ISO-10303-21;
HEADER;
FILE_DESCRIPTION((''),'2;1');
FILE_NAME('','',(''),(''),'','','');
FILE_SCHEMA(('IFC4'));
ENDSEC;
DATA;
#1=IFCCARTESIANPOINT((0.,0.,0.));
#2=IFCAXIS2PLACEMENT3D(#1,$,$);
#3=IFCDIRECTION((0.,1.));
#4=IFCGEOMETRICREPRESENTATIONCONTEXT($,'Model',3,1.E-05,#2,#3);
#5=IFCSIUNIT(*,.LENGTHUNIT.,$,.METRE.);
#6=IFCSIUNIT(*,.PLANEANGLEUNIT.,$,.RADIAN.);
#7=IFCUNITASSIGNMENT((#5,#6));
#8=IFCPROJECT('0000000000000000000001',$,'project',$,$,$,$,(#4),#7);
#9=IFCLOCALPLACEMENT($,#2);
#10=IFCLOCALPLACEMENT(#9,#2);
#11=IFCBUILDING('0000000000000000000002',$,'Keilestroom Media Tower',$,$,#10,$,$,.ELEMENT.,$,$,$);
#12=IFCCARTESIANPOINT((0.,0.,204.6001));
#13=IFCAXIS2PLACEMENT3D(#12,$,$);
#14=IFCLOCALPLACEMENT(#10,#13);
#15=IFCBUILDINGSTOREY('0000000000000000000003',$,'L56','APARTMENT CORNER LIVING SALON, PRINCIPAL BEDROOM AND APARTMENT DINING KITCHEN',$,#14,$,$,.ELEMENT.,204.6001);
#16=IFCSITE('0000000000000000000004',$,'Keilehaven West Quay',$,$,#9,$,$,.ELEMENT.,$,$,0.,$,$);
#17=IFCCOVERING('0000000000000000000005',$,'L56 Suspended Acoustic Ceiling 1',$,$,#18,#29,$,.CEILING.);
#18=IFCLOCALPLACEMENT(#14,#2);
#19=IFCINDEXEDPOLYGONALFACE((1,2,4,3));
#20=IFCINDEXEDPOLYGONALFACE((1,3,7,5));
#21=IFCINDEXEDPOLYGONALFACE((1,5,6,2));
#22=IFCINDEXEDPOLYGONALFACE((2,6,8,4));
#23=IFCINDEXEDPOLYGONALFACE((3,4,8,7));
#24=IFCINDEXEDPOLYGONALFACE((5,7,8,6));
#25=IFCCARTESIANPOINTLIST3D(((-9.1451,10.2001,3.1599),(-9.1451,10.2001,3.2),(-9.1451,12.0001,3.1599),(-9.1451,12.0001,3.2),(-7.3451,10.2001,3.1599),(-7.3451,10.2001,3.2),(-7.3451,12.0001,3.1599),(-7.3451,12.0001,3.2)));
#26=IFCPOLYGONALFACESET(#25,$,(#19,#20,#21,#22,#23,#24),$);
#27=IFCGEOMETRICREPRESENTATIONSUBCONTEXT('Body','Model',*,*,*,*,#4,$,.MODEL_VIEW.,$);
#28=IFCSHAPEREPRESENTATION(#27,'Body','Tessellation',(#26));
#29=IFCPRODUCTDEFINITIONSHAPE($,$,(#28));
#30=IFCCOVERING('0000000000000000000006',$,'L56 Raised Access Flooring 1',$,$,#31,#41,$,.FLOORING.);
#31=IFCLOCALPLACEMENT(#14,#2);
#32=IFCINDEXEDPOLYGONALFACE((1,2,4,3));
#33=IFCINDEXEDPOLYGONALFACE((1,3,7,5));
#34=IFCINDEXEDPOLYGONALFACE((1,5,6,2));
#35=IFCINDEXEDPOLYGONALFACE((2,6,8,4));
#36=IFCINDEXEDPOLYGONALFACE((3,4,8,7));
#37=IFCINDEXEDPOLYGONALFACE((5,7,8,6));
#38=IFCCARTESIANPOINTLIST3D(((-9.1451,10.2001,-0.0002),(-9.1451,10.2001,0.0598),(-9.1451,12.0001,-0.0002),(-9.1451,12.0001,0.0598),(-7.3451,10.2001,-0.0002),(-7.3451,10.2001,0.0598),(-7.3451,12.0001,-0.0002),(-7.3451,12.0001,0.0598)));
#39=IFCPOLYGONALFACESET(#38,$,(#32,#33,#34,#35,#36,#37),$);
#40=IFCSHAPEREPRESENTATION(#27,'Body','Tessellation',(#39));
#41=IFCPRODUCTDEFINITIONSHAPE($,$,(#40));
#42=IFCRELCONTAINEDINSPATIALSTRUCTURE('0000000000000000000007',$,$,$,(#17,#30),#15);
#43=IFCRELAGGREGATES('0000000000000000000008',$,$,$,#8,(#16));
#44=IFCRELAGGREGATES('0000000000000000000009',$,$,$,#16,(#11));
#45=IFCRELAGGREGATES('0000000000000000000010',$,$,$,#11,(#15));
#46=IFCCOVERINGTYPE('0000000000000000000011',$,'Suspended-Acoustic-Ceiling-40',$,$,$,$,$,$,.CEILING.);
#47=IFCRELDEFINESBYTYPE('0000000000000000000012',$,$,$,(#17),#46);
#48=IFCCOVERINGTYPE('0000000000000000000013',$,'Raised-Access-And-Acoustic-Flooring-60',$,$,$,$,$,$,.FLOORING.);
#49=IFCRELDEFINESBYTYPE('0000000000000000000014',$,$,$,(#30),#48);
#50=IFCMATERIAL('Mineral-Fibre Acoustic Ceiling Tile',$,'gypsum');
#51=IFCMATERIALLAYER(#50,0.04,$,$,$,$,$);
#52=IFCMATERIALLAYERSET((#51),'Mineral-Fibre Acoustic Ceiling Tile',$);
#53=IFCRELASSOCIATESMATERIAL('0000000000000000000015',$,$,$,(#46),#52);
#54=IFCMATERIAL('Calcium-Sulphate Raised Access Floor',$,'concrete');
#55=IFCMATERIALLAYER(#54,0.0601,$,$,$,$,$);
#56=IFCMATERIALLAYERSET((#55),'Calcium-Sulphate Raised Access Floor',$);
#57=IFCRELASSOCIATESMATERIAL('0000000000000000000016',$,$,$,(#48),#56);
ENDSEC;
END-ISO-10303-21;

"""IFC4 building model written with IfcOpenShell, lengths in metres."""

from ifc_helpers import new_model, si_unit, direction, frame, origin, origin_2d, place, context, subcontext, project, spatial, rectangle, extrude, source, transform, mapped, material, layer, layer_set, type_object, element, save


model = new_model("IFC4")

# Units and contexts
model_context = context("Model", 3, precision=1e-05, world=origin(), true_north=direction((0.0, 1.0)))
body_context = subcontext(model_context, "Body", "Model", "MODEL_VIEW")
ifc_project = project(units=[si_unit("LENGTHUNIT", "METRE"), si_unit("PLANEANGLEUNIT", "RADIAN")], contexts=[model_context])

# Site, building, storey
site_placement = place(None, origin())
site = spatial("IfcSite", under=ifc_project, at=site_placement, Name="Keilehaven West Quay", CompositionType="ELEMENT", RefElevation=0.0)
building_placement = place(site_placement, origin())
building = spatial("IfcBuilding", under=site, at=building_placement, Name="Keilestroom Media Tower", CompositionType="ELEMENT")
storey_placement = place(building_placement, frame((0.0, 0.0, 204.6001)))
storey = spatial("IfcBuildingStorey", under=building, at=storey_placement, Name="L56", Description="APARTMENT CORNER LIVING SALON, PRINCIPAL BEDROOM AND APARTMENT DINING KITCHEN", CompositionType="ELEMENT", Elevation=204.6001)

# Coverings
ifc_material_1 = material(Name="Mineral-Fibre Acoustic Ceiling Tile", Category="gypsum")
ifc_layer_1 = layer(ifc_material_1, 0.04)
ifc_layer_set_1 = layer_set([ifc_layer_1], Name="Mineral-Fibre Acoustic Ceiling Tile")
covering_type_1 = type_object("IfcCoveringType", Name="Suspended-Acoustic-Ceiling-40", PredefinedType="CEILING", material=ifc_layer_set_1)
shared_shape_1 = source(origin(), body_context, "Body", "SweptSolid", [
    extrude(rectangle(XDim=1.8, YDim=1.8, at=origin_2d()), origin(), (0.0, 0.0, 1.0), 0.04),
])
covering_1_placement = place(storey_placement, frame((-8.2451, 11.1001, 3.1599), z_axis=(0.0, 0.0, 1.0), x_axis=(1.0, 0.0, 0.0)))
element("IfcCovering", 1, at=covering_1_placement, inside=storey, type_object=covering_type_1, Name="L56 Suspended Acoustic Ceiling 1", PredefinedType="CEILING", context=body_context, shape_type="MappedRepresentation", body=[
    mapped(shared_shape_1, transform((0.0, 0.0, 0.0), x_axis=(1.0, 0.0, 0.0), y_axis=(0.0, 1.0, 0.0), z_axis=(0.0, 0.0, 1.0), scale=1.0)),
])
ifc_material_2 = material(Name="Calcium-Sulphate Raised Access Floor", Category="concrete")
ifc_layer_2 = layer(ifc_material_2, 0.0601)
ifc_layer_set_2 = layer_set([ifc_layer_2], Name="Calcium-Sulphate Raised Access Floor")
covering_type_2 = type_object("IfcCoveringType", Name="Raised-Access-And-Acoustic-Flooring-60", PredefinedType="FLOORING", material=ifc_layer_set_2)
shared_shape_2 = source(origin(), body_context, "Body", "SweptSolid", [
    extrude(rectangle(XDim=1.8, YDim=1.8, at=origin_2d()), origin(), (0.0, 0.0, 1.0), 0.0601),
])
covering_2_placement = place(storey_placement, frame((-8.2451, 11.1001, -0.0002), z_axis=(0.0, 0.0, 1.0), x_axis=(1.0, 0.0, 0.0)))
element("IfcCovering", 2, at=covering_2_placement, inside=storey, type_object=covering_type_2, Name="L56 Raised Access Flooring 1", PredefinedType="FLOORING", context=body_context, shape_type="MappedRepresentation", body=[
    mapped(shared_shape_2, transform((0.0, 0.0, 0.0), x_axis=(1.0, 0.0, 0.0), y_axis=(0.0, 1.0, 0.0), z_axis=(0.0, 0.0, 1.0), scale=1.0)),
])

save(model, "model.ifc")
